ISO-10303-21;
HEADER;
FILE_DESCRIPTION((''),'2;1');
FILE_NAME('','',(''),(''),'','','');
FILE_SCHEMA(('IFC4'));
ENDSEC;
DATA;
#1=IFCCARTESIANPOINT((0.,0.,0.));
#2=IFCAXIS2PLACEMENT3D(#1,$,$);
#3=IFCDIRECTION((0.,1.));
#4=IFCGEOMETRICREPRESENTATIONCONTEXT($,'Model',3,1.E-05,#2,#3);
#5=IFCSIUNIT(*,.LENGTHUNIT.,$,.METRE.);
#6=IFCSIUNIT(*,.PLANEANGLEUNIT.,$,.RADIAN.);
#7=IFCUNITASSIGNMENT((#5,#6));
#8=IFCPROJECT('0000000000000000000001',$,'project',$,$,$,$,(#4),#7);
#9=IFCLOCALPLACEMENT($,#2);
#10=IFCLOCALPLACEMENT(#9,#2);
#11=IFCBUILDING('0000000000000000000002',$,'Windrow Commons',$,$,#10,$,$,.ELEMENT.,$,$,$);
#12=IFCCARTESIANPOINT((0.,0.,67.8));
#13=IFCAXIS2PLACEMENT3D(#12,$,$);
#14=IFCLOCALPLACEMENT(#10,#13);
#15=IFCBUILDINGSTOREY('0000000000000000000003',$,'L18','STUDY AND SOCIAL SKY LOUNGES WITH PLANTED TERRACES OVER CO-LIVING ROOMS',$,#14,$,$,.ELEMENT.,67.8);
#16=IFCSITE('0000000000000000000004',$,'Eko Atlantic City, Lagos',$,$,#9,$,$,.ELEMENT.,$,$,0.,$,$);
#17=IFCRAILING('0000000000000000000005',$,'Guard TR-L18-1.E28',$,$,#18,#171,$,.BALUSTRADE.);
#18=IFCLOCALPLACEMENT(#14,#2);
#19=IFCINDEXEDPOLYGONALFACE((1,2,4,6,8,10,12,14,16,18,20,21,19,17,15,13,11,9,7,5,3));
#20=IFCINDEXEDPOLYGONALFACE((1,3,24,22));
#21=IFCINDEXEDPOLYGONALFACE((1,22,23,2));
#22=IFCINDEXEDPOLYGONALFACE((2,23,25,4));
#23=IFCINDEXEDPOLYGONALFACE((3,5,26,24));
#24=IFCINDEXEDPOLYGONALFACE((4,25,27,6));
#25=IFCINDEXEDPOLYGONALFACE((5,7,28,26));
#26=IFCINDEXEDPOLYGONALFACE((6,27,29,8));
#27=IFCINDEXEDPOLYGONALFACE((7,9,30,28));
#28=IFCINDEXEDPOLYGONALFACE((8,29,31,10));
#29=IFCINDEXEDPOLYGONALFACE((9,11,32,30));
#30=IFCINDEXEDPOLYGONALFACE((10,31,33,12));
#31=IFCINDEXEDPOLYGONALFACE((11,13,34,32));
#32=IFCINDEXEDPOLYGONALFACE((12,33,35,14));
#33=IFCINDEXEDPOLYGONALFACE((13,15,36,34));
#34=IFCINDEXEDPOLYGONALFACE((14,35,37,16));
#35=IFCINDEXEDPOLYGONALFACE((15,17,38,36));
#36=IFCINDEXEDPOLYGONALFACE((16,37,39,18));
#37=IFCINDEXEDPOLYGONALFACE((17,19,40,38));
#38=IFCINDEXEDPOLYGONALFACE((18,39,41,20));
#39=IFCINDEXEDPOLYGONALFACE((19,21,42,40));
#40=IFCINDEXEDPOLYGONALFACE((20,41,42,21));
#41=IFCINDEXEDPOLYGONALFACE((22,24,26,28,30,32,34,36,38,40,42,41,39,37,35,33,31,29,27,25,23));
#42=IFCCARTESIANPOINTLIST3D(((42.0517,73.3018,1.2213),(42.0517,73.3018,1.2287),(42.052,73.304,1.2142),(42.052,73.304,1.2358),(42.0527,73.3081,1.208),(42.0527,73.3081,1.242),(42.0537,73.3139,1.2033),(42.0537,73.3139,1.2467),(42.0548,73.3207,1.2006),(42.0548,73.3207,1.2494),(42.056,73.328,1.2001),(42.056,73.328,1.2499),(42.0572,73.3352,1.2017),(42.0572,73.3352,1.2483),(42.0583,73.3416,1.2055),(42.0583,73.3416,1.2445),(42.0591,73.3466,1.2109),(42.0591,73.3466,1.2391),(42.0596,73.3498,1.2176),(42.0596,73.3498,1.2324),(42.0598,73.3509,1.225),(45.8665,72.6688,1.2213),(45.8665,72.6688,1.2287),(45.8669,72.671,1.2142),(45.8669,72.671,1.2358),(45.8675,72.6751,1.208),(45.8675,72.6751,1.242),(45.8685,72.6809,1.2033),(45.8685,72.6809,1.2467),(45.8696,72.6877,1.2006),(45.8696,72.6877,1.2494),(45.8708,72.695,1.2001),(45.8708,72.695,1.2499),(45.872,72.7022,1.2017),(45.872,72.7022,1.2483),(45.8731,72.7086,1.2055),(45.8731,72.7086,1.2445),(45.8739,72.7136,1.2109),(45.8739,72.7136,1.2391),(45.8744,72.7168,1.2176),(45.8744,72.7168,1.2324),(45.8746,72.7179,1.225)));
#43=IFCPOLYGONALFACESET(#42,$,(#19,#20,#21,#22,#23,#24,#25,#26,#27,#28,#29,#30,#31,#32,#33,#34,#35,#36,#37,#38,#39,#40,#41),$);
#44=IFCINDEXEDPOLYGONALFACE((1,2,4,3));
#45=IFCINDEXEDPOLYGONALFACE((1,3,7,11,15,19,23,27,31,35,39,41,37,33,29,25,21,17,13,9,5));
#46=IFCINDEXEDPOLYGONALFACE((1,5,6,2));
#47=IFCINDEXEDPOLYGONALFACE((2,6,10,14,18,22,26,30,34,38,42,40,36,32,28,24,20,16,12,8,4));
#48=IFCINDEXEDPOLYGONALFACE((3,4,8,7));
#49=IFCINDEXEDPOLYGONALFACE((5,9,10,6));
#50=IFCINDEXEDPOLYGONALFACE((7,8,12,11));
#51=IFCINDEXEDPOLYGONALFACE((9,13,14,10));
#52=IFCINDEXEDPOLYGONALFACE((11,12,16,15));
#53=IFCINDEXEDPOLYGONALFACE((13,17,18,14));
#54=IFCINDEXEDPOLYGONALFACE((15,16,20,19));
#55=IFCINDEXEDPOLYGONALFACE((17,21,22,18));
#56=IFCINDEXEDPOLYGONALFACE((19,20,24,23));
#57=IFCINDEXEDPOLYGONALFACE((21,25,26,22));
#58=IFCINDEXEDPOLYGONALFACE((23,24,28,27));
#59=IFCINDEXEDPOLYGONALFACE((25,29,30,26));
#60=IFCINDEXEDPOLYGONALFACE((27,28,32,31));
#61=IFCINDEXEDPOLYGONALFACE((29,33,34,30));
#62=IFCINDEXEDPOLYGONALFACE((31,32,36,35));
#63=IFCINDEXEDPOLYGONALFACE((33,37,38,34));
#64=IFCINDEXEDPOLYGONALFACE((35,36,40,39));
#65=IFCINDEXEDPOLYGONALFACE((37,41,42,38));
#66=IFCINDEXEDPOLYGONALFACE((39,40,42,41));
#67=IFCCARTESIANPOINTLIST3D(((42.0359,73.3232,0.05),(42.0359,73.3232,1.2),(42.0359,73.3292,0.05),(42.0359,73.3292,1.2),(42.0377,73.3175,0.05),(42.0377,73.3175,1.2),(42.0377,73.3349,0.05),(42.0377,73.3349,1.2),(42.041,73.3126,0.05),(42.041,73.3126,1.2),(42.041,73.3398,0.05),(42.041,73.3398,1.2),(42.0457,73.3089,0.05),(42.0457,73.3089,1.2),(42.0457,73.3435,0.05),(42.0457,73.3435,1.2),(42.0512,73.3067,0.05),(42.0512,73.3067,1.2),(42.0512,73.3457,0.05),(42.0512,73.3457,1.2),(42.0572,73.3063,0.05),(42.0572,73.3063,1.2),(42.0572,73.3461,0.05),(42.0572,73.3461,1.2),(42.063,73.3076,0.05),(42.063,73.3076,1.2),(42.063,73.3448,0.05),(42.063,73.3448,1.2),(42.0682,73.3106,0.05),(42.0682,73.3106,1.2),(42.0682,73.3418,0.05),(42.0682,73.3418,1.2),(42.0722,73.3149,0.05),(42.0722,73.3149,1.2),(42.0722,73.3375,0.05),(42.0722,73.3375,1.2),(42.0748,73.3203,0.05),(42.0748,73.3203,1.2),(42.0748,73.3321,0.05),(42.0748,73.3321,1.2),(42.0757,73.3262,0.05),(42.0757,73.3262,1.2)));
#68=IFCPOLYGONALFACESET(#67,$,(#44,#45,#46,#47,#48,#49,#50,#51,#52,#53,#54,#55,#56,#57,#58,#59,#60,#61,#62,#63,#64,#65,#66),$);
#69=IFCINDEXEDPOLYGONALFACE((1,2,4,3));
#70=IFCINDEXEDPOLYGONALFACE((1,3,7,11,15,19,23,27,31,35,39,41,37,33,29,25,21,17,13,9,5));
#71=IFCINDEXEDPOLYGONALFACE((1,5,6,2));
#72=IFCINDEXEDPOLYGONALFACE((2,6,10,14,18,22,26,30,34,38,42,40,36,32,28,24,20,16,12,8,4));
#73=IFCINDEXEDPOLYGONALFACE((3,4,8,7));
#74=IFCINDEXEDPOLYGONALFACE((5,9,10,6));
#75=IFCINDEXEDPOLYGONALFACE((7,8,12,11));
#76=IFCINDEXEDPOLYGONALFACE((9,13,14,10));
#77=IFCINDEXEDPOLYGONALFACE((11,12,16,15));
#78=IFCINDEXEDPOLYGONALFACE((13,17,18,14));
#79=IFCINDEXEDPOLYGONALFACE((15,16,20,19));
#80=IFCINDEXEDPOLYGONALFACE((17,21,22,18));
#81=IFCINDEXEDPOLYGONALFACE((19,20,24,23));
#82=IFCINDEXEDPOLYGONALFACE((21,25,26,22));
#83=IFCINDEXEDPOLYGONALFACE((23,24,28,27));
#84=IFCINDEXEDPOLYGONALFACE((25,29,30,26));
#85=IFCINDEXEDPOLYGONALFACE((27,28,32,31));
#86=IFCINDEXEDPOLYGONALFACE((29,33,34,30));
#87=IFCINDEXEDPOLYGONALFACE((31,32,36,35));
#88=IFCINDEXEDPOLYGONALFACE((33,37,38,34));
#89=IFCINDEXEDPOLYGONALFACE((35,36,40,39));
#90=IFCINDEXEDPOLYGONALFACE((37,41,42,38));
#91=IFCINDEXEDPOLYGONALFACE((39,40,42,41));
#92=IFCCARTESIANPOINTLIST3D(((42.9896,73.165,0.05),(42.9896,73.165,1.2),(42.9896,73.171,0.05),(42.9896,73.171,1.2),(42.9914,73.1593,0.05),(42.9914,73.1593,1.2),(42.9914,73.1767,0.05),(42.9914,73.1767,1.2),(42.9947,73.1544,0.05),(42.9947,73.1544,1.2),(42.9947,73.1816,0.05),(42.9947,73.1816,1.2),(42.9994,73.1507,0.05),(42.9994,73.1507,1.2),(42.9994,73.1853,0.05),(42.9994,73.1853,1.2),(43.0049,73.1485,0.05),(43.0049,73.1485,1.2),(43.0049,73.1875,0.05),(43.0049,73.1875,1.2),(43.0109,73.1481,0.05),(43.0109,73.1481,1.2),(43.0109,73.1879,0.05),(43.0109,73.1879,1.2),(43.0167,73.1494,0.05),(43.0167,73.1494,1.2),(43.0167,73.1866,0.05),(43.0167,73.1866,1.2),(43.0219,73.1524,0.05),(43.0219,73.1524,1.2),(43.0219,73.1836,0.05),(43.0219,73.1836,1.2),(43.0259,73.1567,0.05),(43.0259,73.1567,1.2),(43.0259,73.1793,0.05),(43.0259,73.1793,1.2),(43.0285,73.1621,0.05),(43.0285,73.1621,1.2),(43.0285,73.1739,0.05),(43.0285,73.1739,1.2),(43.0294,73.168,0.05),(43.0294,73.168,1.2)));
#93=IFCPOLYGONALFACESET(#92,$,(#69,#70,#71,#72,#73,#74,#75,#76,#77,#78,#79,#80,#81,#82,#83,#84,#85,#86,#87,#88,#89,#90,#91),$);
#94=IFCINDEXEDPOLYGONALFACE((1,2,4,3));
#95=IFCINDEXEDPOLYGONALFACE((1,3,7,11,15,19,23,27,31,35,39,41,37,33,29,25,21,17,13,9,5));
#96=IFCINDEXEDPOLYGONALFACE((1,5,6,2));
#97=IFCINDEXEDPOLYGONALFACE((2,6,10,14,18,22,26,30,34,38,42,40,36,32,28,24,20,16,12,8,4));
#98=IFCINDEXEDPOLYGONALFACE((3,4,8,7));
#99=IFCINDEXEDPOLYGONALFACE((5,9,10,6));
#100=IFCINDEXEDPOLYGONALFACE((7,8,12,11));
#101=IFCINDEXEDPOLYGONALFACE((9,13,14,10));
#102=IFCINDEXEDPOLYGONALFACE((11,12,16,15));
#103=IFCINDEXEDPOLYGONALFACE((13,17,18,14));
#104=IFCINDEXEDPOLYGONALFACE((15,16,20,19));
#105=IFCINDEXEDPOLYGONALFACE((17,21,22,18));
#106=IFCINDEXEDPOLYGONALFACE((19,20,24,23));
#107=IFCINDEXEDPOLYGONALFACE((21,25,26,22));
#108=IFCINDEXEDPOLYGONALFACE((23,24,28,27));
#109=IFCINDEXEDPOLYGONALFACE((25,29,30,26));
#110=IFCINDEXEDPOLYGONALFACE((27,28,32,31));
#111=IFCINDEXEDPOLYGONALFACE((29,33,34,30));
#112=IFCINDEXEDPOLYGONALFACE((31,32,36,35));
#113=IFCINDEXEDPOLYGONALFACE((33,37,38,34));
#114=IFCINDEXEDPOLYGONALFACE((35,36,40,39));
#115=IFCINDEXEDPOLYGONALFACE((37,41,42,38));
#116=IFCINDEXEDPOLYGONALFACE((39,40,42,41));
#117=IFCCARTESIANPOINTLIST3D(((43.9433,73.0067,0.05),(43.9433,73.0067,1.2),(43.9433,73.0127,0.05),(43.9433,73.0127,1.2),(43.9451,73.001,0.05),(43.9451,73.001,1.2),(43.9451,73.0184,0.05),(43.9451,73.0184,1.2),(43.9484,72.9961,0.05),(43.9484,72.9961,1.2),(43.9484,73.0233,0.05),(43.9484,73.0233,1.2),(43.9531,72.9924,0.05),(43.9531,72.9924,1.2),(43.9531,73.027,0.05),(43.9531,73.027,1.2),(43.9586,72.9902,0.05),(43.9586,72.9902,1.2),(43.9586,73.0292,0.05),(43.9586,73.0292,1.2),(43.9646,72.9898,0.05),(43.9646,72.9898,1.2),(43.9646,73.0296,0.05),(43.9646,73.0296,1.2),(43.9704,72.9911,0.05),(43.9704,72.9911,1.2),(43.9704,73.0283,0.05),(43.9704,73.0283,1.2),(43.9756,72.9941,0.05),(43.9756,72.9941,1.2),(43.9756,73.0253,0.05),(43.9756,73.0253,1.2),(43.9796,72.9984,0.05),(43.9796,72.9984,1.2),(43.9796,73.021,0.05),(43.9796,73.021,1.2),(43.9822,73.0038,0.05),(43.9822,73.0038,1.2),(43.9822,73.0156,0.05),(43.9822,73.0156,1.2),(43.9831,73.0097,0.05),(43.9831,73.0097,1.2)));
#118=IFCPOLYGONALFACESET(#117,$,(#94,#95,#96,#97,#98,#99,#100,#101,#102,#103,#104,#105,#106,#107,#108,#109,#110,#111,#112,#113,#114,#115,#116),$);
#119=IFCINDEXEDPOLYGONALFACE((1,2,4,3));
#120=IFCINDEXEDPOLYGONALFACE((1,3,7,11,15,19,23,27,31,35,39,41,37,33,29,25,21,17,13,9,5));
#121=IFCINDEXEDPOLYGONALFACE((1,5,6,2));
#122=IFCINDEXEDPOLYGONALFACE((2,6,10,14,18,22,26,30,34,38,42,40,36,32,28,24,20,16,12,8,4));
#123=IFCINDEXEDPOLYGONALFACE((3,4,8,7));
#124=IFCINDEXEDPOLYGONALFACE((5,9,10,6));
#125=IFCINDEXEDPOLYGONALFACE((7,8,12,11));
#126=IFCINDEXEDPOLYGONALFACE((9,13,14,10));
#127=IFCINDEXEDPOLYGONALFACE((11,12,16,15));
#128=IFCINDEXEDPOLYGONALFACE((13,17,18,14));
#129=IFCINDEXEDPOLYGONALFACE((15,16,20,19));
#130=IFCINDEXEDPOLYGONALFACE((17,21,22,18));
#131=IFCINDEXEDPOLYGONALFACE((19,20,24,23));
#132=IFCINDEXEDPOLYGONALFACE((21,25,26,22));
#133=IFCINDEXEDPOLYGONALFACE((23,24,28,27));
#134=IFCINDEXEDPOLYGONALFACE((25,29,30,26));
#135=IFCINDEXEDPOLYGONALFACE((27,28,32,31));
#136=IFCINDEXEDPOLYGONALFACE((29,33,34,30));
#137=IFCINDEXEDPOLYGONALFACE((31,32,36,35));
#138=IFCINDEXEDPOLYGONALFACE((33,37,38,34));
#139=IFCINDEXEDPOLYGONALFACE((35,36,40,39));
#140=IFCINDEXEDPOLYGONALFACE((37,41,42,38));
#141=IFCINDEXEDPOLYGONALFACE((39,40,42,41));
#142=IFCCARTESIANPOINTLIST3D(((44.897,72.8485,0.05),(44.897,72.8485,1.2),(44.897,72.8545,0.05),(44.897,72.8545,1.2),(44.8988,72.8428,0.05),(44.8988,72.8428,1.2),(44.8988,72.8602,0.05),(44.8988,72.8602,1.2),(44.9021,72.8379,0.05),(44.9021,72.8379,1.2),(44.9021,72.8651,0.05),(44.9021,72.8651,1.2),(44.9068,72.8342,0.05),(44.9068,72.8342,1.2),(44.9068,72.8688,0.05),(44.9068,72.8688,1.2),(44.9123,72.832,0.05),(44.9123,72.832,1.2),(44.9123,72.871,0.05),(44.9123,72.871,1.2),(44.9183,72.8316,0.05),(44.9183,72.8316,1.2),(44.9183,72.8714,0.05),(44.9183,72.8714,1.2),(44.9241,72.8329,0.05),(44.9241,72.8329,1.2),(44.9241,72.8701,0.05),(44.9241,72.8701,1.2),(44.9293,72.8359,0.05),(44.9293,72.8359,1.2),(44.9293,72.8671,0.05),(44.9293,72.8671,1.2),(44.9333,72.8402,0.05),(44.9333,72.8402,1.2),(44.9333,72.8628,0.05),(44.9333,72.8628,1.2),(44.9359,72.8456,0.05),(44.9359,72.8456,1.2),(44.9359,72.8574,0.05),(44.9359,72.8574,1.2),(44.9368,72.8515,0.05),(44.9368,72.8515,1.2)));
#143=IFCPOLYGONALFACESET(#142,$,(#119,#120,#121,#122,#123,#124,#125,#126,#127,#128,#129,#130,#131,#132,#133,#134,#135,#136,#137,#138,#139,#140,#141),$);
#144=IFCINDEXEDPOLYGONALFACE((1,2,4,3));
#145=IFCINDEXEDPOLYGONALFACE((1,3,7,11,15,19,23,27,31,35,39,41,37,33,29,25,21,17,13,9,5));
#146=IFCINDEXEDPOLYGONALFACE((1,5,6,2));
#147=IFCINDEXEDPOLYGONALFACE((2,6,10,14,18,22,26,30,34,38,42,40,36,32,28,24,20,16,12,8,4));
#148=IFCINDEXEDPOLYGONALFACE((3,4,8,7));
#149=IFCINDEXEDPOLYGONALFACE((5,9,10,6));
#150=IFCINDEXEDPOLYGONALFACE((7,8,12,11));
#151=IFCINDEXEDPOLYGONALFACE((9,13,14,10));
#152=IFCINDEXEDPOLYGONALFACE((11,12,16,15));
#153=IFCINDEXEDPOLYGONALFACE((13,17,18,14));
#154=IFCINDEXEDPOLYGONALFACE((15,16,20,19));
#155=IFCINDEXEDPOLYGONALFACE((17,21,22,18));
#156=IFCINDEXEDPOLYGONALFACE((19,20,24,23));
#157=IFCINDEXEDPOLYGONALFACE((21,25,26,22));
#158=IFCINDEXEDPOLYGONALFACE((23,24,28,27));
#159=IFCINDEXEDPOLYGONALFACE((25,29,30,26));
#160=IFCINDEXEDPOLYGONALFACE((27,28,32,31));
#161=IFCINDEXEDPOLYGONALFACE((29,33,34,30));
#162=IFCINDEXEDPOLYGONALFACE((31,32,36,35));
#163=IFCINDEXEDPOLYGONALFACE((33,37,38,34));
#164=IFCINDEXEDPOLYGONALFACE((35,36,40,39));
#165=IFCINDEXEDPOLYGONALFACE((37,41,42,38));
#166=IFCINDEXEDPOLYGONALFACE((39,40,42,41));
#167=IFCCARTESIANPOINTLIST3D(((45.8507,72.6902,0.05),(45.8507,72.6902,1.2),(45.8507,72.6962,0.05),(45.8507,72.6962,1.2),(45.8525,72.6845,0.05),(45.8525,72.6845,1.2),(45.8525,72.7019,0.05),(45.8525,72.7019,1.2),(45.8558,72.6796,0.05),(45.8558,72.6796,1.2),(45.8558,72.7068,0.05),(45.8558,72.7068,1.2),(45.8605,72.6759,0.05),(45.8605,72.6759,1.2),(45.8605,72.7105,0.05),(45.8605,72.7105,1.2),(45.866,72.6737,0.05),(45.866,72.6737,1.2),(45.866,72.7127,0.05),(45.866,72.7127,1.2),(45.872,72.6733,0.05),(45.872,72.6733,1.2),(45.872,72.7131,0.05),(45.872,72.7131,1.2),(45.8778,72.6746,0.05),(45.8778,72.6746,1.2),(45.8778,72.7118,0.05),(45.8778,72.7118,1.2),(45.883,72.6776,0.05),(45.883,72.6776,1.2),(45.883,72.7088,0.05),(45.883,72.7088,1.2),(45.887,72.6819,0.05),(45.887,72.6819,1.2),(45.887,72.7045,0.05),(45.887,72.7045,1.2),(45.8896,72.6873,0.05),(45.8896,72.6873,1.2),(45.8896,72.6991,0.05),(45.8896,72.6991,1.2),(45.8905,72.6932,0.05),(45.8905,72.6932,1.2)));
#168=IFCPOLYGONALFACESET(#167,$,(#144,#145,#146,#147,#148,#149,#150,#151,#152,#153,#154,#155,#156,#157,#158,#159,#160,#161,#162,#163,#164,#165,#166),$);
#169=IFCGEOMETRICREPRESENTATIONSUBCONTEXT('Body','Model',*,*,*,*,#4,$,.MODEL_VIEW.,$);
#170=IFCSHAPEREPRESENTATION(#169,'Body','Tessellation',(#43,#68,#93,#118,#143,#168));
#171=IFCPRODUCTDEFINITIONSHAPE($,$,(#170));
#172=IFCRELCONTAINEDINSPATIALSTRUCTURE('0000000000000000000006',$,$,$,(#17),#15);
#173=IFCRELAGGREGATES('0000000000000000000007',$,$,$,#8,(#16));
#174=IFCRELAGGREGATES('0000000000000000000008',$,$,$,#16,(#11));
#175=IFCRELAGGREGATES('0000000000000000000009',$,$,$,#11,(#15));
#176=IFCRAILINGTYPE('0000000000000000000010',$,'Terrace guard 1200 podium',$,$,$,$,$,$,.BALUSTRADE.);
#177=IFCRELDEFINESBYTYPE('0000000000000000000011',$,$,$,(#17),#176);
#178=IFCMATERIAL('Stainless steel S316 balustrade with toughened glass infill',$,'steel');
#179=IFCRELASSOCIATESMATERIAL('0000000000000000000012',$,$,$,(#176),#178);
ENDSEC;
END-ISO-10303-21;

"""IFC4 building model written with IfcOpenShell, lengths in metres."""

from ifc_helpers import new_model, si_unit, direction, frame, origin, origin_2d, place, context, subcontext, project, spatial, circle, extrude, material, type_object, element, save


model = new_model("IFC4")

# Units and contexts
model_context = context("Model", 3, precision=1e-05, world=origin(), true_north=direction((0.0, 1.0)))
body_context = subcontext(model_context, "Body", "Model", "MODEL_VIEW")
ifc_project = project(units=[si_unit("LENGTHUNIT", "METRE"), si_unit("PLANEANGLEUNIT", "RADIAN")], contexts=[model_context])

# Site, building, storey
site_placement = place(None, origin())
site = spatial("IfcSite", under=ifc_project, at=site_placement, Name="Eko Atlantic City, Lagos", CompositionType="ELEMENT", RefElevation=0.0)
building_placement = place(site_placement, origin())
building = spatial("IfcBuilding", under=site, at=building_placement, Name="Windrow Commons", CompositionType="ELEMENT")
storey_placement = place(building_placement, frame((0.0, 0.0, 67.8)))
storey = spatial("IfcBuildingStorey", under=building, at=storey_placement, Name="L18", Description="STUDY AND SOCIAL SKY LOUNGES WITH PLANTED TERRACES OVER CO-LIVING ROOMS", CompositionType="ELEMENT", Elevation=67.8)

# Railing
ifc_material_1 = material(Name="Stainless steel S316 balustrade with toughened glass infill", Category="steel")
railing_type = type_object("IfcRailingType", Name="Terrace guard 1200 podium", PredefinedType="BALUSTRADE", material=ifc_material_1)
railing_1_placement = place(storey_placement, frame((42.0557, 73.3262, 0.05)))
element("IfcRailing", 1, at=railing_1_placement, inside=storey, type_object=railing_type, Name="Guard TR-L18-1.E28", PredefinedType="BALUSTRADE", context=body_context, shape_type="SweptSolid", body=[
    extrude(circle(Radius=0.025, at=origin_2d()), frame((0.0, 0.0, 1.175), z_axis=(0.986511, -0.163694, 0.0), x_axis=(0.163694, 0.986511, 0.0)), (0.0, 0.0, 1.0), 3.867),
    extrude(circle(Radius=0.02, at=origin_2d()), origin(), (0.0, 0.0, 1.0), 1.15),
    extrude(circle(Radius=0.02, at=origin_2d()), frame((0.9537, -0.1582, 0.0)), (0.0, 0.0, 1.0), 1.15),
    extrude(circle(Radius=0.02, at=origin_2d()), frame((1.9074, -0.3165, 0.0)), (0.0, 0.0, 1.0), 1.15),
    extrude(circle(Radius=0.02, at=origin_2d()), frame((2.8611, -0.4747, 0.0)), (0.0, 0.0, 1.0), 1.15),
    extrude(circle(Radius=0.02, at=origin_2d()), frame((3.8148, -0.633, 0.0)), (0.0, 0.0, 1.0), 1.15),
])

save(model, "model.ifc")
